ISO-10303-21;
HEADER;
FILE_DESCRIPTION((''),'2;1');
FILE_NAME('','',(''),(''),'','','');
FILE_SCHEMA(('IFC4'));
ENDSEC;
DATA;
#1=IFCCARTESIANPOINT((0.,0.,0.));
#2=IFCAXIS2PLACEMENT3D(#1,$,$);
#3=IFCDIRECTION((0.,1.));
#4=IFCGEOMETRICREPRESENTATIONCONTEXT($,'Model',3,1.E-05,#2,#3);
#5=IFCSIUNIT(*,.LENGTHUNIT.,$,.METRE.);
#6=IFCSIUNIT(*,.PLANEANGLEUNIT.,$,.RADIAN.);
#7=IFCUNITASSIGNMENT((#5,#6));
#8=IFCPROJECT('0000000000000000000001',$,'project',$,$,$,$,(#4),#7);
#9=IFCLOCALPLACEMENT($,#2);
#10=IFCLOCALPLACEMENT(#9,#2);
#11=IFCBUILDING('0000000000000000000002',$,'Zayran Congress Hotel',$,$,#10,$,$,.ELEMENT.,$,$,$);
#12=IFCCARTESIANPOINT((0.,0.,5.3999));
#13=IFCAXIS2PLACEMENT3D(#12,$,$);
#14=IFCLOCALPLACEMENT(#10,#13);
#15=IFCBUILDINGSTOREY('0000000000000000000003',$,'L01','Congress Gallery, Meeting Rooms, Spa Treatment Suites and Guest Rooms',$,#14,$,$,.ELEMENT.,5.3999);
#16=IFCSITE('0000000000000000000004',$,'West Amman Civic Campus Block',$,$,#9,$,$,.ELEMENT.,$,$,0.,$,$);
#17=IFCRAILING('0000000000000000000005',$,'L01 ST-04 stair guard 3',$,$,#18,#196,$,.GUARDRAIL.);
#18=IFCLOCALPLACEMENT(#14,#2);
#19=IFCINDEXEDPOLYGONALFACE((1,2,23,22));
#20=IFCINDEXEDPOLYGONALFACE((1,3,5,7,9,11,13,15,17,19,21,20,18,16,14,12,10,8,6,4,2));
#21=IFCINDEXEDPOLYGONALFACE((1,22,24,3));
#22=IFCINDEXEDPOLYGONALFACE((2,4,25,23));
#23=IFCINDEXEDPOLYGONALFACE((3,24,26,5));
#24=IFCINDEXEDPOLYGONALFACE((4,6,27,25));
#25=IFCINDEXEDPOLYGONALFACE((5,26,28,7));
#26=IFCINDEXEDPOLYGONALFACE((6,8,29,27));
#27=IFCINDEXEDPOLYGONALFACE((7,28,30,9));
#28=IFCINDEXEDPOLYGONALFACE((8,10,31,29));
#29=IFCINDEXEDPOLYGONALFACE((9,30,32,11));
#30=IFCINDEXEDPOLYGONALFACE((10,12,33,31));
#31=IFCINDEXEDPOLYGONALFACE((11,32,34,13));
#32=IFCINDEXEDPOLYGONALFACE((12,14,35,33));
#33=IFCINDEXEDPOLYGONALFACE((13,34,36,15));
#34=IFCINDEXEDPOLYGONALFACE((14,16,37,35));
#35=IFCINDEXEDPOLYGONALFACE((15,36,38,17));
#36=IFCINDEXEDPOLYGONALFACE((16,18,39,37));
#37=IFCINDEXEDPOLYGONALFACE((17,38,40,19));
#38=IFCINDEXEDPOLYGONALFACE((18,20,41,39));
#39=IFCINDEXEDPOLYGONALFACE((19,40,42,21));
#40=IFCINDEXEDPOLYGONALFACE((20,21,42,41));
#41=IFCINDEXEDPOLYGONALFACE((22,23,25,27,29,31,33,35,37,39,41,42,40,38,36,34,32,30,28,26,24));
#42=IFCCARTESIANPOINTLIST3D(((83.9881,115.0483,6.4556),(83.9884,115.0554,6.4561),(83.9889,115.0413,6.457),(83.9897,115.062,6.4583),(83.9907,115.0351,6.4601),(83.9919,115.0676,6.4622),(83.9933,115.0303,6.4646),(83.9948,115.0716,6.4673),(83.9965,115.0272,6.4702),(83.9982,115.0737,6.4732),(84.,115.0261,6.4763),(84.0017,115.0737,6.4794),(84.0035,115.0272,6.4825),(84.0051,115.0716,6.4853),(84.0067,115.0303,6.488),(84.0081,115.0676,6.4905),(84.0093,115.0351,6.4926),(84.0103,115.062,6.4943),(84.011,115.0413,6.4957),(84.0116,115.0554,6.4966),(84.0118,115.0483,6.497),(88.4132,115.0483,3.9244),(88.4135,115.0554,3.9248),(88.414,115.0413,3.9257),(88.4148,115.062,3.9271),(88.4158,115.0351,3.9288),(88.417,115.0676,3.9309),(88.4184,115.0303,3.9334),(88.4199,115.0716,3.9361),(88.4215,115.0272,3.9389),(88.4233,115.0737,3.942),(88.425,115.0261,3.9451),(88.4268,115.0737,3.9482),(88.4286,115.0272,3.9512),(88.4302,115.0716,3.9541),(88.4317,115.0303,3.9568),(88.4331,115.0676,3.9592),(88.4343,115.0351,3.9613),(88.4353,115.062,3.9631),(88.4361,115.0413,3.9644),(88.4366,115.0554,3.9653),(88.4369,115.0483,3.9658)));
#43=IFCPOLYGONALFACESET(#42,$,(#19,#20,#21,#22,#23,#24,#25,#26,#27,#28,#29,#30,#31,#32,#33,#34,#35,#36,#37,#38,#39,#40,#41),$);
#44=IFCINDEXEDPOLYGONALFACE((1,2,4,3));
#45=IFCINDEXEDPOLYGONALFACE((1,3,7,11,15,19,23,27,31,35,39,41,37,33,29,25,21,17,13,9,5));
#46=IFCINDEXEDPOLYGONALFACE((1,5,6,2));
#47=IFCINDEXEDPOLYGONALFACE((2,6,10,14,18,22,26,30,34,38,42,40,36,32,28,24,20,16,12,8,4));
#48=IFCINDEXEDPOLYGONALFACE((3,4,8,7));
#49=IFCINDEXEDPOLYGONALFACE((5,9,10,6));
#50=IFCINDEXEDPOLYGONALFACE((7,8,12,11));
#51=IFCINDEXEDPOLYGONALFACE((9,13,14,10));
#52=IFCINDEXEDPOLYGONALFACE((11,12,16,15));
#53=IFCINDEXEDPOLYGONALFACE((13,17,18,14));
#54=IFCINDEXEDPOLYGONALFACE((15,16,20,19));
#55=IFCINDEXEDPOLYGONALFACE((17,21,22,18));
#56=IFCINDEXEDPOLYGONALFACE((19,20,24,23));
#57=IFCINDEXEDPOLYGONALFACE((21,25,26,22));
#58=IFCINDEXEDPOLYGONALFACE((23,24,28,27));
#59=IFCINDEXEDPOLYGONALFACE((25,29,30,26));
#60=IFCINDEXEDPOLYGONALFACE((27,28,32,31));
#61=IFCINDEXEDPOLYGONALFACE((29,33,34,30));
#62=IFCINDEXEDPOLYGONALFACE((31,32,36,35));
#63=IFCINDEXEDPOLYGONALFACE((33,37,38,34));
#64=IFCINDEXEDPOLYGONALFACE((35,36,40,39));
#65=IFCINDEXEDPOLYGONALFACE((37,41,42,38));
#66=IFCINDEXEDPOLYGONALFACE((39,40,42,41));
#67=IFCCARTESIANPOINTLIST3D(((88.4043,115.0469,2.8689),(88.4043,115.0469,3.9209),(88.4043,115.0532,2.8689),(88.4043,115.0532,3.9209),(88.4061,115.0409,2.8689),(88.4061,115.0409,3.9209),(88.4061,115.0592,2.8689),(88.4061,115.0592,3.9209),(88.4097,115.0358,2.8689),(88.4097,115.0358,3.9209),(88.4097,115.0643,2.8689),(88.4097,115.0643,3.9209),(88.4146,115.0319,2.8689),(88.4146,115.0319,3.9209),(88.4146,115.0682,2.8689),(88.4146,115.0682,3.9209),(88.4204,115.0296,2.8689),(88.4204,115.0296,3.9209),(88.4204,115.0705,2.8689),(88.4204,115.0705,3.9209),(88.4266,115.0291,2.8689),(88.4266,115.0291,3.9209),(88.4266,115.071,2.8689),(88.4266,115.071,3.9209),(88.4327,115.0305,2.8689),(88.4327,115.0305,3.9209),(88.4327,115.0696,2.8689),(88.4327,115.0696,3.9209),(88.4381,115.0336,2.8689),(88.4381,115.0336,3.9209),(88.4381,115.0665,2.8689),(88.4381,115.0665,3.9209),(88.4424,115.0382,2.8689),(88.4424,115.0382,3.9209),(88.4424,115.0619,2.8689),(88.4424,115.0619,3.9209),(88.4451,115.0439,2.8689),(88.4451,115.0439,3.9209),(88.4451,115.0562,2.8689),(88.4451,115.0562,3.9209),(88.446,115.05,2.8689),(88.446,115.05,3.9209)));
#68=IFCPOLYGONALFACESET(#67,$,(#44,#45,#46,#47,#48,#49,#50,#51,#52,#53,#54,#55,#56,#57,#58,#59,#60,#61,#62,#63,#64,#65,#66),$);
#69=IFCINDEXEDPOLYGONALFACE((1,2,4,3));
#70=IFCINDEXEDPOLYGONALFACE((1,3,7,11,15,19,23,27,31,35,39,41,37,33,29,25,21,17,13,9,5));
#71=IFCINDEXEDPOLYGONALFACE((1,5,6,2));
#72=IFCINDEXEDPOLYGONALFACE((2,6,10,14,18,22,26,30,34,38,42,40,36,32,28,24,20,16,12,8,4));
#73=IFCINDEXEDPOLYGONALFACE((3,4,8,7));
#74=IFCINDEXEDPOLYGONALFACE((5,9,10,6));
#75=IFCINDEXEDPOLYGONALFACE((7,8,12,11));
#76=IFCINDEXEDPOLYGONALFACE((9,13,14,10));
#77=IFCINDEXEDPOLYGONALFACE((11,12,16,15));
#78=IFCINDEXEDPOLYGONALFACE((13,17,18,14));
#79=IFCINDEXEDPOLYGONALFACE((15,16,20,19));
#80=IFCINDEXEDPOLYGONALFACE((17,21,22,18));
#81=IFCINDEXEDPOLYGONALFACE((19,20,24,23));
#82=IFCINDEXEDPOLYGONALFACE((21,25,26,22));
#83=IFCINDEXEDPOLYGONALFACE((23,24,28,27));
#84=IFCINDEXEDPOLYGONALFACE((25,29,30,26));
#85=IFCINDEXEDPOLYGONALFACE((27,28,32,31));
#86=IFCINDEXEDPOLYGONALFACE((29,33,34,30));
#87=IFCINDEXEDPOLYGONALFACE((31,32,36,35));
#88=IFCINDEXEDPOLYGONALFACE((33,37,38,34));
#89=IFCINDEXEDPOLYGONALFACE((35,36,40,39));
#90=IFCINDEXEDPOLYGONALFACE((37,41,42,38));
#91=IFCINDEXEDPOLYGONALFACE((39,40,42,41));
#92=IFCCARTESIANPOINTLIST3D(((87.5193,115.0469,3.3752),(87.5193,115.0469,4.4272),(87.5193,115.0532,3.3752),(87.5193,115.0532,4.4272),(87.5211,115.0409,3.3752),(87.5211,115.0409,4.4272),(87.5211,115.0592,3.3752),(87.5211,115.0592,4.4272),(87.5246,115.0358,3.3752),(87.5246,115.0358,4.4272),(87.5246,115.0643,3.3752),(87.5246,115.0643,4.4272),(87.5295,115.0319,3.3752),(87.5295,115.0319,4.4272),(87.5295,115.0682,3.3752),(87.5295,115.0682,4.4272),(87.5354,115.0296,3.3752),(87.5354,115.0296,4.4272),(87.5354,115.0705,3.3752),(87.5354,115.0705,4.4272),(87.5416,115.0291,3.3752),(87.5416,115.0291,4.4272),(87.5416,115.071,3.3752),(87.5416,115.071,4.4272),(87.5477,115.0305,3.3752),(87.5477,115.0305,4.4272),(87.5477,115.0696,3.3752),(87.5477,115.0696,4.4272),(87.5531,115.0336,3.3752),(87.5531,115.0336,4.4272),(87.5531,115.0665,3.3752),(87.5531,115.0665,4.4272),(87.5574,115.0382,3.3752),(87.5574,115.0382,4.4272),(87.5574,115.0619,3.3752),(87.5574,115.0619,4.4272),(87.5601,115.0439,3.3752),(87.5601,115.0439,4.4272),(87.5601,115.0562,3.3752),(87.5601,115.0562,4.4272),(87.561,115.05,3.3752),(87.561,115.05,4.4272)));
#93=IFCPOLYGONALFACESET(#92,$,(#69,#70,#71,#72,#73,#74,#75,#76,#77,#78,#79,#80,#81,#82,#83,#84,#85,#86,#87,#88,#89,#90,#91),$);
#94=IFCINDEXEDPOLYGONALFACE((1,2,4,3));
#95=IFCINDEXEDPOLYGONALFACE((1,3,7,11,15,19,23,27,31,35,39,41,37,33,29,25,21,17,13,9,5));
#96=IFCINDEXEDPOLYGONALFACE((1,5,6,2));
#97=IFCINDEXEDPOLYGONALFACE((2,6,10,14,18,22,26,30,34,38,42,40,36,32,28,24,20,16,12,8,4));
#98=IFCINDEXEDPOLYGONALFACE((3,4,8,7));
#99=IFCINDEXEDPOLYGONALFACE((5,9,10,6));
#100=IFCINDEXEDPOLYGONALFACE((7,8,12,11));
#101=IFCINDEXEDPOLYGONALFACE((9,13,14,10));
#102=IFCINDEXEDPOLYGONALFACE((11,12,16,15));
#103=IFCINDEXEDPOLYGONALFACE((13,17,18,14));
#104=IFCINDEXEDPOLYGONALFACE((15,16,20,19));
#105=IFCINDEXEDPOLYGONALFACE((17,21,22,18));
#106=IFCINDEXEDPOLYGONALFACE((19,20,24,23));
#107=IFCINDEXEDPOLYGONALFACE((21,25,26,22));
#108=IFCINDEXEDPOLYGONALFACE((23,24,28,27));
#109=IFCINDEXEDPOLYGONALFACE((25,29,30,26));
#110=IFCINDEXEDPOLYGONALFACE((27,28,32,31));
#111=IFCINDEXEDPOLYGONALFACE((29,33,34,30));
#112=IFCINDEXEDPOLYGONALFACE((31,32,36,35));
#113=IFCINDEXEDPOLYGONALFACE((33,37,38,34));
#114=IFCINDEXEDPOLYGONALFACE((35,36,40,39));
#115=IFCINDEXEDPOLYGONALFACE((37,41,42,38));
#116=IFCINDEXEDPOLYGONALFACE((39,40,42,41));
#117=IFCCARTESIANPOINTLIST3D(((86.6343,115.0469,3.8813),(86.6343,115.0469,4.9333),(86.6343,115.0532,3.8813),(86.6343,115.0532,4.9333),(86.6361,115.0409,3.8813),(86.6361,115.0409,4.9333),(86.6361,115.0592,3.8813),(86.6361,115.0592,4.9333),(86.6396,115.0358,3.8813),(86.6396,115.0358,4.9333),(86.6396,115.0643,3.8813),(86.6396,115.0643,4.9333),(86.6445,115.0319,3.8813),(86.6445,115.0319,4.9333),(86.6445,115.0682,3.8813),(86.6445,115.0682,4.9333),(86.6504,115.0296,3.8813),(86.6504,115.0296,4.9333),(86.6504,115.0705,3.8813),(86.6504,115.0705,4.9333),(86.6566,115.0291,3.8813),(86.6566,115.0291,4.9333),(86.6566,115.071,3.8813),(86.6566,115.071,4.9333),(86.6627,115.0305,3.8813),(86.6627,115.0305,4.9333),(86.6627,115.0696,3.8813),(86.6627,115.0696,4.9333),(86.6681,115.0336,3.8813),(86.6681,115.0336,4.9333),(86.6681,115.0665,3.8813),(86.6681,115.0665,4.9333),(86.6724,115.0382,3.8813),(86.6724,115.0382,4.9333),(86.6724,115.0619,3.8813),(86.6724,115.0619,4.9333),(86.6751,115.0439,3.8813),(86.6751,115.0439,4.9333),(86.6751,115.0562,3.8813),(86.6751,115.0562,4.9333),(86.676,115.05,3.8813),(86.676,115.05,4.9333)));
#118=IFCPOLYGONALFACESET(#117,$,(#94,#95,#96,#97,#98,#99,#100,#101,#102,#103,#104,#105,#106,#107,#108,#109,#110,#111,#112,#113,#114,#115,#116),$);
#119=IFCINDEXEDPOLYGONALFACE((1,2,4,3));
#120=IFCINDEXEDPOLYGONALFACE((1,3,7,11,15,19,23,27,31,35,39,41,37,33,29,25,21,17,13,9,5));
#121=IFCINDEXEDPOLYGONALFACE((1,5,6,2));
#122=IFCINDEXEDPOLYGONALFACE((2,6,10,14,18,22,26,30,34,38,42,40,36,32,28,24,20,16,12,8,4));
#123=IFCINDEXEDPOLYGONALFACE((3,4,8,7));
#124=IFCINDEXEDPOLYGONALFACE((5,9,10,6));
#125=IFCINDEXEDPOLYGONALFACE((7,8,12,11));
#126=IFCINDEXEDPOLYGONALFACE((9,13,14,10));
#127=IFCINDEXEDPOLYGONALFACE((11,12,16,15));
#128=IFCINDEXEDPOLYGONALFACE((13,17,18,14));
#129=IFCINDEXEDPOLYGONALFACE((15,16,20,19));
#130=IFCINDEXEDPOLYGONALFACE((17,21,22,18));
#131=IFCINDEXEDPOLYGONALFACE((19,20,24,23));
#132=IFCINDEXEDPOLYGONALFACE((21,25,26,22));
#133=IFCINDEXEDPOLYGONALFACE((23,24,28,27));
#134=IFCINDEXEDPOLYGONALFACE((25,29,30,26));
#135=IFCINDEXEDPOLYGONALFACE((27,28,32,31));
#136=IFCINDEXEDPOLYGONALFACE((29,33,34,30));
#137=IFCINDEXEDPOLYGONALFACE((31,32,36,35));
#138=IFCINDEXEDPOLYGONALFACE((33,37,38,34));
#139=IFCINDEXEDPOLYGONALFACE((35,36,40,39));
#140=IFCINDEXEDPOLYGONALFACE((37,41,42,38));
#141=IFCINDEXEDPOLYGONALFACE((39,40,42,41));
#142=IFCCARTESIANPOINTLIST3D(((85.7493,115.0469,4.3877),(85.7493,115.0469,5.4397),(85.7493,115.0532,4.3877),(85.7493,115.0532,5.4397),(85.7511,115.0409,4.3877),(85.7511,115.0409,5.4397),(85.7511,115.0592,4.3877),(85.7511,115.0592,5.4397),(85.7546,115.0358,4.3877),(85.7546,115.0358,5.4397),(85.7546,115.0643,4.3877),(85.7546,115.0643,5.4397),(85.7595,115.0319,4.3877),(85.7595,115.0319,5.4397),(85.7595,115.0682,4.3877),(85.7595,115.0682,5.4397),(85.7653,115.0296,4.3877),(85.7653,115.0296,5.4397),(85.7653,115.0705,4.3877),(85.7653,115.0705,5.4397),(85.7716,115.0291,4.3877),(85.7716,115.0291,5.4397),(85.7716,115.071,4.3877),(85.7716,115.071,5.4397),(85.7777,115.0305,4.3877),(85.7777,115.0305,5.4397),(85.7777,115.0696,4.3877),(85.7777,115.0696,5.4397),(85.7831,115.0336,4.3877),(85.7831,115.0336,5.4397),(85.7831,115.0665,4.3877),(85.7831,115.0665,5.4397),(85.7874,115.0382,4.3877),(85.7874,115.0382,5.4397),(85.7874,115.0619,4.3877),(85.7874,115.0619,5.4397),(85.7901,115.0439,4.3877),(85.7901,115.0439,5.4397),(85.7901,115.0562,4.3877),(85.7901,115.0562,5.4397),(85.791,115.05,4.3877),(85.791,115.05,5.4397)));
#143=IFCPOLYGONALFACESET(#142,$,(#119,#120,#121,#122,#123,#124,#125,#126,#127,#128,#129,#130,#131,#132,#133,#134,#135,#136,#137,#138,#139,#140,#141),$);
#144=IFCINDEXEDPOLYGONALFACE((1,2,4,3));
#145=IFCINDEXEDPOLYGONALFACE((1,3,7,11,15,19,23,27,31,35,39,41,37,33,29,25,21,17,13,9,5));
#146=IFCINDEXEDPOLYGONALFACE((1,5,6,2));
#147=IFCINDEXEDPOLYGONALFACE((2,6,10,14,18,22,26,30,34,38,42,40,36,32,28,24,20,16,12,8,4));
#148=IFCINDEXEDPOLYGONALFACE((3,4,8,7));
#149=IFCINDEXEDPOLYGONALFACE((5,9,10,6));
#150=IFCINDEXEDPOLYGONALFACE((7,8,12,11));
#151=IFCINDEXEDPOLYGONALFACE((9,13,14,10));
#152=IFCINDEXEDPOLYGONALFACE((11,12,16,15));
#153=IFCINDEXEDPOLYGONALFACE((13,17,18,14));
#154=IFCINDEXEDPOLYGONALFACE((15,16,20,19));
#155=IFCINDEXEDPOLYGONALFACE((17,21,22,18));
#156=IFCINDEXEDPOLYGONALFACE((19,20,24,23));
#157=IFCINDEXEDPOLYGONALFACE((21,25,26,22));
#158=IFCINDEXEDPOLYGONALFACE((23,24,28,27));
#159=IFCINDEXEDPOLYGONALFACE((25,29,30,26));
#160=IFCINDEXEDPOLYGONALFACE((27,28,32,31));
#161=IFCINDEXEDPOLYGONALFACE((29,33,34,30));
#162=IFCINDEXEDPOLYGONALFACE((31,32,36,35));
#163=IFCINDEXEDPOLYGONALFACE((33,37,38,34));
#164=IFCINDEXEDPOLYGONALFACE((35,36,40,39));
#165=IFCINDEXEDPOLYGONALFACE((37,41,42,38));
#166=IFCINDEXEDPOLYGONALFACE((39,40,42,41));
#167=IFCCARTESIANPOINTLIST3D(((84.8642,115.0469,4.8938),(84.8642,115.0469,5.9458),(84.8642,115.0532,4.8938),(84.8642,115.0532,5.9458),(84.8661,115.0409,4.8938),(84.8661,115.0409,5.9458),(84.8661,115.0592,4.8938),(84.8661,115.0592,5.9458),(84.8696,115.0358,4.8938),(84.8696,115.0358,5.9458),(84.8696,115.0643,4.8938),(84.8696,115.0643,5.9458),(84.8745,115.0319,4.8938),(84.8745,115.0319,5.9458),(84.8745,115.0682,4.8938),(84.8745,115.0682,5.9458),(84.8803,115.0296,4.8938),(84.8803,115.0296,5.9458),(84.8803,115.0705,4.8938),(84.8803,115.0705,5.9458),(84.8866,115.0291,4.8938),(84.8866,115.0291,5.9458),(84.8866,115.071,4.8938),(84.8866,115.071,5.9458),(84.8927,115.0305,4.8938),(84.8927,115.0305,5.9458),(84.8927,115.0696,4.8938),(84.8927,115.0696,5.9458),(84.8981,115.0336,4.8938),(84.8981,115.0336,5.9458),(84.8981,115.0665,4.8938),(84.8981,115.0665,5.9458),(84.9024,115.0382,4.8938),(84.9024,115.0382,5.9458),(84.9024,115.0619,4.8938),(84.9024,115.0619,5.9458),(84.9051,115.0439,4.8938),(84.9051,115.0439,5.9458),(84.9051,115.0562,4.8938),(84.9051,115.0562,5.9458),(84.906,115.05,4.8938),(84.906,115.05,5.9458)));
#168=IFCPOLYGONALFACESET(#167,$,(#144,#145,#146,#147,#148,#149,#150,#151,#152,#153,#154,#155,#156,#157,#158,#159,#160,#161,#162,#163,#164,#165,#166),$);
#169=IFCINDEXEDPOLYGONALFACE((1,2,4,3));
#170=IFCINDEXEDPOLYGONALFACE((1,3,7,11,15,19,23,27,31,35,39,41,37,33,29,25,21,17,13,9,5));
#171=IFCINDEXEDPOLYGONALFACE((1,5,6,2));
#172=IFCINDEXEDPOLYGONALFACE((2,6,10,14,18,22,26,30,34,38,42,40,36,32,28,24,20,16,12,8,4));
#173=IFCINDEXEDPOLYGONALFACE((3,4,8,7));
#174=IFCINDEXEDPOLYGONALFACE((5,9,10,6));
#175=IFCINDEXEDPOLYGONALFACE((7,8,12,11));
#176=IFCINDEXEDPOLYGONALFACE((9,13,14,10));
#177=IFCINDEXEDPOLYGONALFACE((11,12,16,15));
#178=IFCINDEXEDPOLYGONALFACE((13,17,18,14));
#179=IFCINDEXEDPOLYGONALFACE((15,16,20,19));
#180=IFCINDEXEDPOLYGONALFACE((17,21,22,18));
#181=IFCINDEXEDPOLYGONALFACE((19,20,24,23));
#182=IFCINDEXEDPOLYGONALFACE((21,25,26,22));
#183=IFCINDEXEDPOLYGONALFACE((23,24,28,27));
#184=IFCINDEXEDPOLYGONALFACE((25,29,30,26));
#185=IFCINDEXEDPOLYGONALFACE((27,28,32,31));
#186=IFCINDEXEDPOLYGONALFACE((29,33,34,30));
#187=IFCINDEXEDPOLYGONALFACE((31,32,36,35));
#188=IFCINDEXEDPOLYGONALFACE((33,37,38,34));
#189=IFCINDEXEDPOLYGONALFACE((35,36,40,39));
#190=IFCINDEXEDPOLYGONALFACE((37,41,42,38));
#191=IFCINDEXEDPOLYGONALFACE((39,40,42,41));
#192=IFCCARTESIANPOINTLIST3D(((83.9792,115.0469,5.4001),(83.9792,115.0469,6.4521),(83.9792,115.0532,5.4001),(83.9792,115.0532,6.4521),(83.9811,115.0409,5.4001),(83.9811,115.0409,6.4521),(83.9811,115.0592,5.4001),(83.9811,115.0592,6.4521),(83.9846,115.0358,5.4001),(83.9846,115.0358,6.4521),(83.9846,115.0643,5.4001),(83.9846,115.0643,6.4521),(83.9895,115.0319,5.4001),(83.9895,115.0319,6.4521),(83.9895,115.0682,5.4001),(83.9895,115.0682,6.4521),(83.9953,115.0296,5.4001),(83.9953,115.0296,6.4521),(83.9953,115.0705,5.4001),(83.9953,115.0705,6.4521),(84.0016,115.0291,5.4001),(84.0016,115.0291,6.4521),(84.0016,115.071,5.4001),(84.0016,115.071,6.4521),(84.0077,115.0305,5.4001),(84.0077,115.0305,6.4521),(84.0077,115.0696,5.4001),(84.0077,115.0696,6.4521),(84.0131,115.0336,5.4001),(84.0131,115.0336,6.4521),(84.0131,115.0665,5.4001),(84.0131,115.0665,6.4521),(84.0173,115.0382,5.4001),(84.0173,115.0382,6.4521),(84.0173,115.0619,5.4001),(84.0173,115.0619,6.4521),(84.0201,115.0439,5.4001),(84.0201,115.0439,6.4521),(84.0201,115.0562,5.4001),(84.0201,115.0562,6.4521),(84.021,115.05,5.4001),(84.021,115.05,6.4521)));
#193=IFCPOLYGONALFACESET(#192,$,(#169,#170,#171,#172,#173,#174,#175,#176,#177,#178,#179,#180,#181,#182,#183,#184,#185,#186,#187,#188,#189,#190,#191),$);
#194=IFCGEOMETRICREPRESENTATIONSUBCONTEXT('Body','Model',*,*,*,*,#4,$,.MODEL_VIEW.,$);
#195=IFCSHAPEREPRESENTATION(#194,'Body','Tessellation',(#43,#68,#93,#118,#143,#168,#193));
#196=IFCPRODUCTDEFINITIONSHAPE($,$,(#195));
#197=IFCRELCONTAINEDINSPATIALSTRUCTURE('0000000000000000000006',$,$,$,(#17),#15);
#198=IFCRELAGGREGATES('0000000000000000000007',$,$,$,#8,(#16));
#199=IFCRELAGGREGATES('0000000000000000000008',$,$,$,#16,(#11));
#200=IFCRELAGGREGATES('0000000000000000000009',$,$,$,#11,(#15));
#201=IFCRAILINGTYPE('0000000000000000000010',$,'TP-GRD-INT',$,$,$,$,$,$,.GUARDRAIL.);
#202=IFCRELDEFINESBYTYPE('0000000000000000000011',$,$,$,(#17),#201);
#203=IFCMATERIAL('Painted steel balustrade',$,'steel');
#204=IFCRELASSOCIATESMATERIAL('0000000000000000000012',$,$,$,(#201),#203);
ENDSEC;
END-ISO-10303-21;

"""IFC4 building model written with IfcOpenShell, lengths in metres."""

from ifc_helpers import new_model, si_unit, direction, frame, origin, origin_2d, place, context, subcontext, project, spatial, circle, extrude, material, type_object, element, save


model = new_model("IFC4")

# Units and contexts
model_context = context("Model", 3, precision=1e-05, world=origin(), true_north=direction((0.0, 1.0)))
body_context = subcontext(model_context, "Body", "Model", "MODEL_VIEW")
ifc_project = project(units=[si_unit("LENGTHUNIT", "METRE"), si_unit("PLANEANGLEUNIT", "RADIAN")], contexts=[model_context])

# Site, building, storey
site_placement = place(None, origin())
site = spatial("IfcSite", under=ifc_project, at=site_placement, Name="West Amman Civic Campus Block", CompositionType="ELEMENT", RefElevation=0.0)
building_placement = place(site_placement, origin())
building = spatial("IfcBuilding", under=site, at=building_placement, Name="Zayran Congress Hotel", CompositionType="ELEMENT")
storey_placement = place(building_placement, frame((0.0, 0.0, 5.3999)))
storey = spatial("IfcBuildingStorey", under=building, at=storey_placement, Name="L01", Description="Congress Gallery, Meeting Rooms, Spa Treatment Suites and Guest Rooms", CompositionType="ELEMENT", Elevation=5.3999)

# Railing
ifc_material_1 = material(Name="Painted steel balustrade", Category="steel")
railing_type_1 = type_object("IfcRailingType", Name="TP-GRD-INT", PredefinedType="GUARDRAIL", material=ifc_material_1)
railing_1_placement = place(storey_placement, frame((88.425, 115.05, 2.8689)))
element("IfcRailing", 1, at=railing_1_placement, inside=storey, type_object=railing_type_1, Name="L01 ST-04 stair guard 3", PredefinedType="GUARDRAIL", context=body_context, shape_type="SweptSolid", body=[
    extrude(circle(Radius=0.0239, at=origin_2d()), frame((0.0, 0.0, 1.0762), z_axis=(-0.868019, 0.0, 0.496531), x_axis=(0.0, -1.0, 0.0)), (0.0, 0.0, 1.0), 5.0979),
    extrude(circle(Radius=0.021, at=origin_2d()), origin(), (0.0, 0.0, 1.0), 1.052),
    extrude(circle(Radius=0.021, at=origin_2d()), frame((-0.885, 0.0, 0.5063)), (0.0, 0.0, 1.0), 1.052),
    extrude(circle(Radius=0.021, at=origin_2d()), frame((-1.77, 0.0, 1.0125)), (0.0, 0.0, 1.0), 1.052),
    extrude(circle(Radius=0.021, at=origin_2d()), frame((-2.655, 0.0, 1.5188)), (0.0, 0.0, 1.0), 1.052),
    extrude(circle(Radius=0.021, at=origin_2d()), frame((-3.54, 0.0, 2.0249)), (0.0, 0.0, 1.0), 1.052),
    extrude(circle(Radius=0.021, at=origin_2d()), frame((-4.425, 0.0, 2.5312)), (0.0, 0.0, 1.0), 1.052),
])

save(model, "model.ifc")
